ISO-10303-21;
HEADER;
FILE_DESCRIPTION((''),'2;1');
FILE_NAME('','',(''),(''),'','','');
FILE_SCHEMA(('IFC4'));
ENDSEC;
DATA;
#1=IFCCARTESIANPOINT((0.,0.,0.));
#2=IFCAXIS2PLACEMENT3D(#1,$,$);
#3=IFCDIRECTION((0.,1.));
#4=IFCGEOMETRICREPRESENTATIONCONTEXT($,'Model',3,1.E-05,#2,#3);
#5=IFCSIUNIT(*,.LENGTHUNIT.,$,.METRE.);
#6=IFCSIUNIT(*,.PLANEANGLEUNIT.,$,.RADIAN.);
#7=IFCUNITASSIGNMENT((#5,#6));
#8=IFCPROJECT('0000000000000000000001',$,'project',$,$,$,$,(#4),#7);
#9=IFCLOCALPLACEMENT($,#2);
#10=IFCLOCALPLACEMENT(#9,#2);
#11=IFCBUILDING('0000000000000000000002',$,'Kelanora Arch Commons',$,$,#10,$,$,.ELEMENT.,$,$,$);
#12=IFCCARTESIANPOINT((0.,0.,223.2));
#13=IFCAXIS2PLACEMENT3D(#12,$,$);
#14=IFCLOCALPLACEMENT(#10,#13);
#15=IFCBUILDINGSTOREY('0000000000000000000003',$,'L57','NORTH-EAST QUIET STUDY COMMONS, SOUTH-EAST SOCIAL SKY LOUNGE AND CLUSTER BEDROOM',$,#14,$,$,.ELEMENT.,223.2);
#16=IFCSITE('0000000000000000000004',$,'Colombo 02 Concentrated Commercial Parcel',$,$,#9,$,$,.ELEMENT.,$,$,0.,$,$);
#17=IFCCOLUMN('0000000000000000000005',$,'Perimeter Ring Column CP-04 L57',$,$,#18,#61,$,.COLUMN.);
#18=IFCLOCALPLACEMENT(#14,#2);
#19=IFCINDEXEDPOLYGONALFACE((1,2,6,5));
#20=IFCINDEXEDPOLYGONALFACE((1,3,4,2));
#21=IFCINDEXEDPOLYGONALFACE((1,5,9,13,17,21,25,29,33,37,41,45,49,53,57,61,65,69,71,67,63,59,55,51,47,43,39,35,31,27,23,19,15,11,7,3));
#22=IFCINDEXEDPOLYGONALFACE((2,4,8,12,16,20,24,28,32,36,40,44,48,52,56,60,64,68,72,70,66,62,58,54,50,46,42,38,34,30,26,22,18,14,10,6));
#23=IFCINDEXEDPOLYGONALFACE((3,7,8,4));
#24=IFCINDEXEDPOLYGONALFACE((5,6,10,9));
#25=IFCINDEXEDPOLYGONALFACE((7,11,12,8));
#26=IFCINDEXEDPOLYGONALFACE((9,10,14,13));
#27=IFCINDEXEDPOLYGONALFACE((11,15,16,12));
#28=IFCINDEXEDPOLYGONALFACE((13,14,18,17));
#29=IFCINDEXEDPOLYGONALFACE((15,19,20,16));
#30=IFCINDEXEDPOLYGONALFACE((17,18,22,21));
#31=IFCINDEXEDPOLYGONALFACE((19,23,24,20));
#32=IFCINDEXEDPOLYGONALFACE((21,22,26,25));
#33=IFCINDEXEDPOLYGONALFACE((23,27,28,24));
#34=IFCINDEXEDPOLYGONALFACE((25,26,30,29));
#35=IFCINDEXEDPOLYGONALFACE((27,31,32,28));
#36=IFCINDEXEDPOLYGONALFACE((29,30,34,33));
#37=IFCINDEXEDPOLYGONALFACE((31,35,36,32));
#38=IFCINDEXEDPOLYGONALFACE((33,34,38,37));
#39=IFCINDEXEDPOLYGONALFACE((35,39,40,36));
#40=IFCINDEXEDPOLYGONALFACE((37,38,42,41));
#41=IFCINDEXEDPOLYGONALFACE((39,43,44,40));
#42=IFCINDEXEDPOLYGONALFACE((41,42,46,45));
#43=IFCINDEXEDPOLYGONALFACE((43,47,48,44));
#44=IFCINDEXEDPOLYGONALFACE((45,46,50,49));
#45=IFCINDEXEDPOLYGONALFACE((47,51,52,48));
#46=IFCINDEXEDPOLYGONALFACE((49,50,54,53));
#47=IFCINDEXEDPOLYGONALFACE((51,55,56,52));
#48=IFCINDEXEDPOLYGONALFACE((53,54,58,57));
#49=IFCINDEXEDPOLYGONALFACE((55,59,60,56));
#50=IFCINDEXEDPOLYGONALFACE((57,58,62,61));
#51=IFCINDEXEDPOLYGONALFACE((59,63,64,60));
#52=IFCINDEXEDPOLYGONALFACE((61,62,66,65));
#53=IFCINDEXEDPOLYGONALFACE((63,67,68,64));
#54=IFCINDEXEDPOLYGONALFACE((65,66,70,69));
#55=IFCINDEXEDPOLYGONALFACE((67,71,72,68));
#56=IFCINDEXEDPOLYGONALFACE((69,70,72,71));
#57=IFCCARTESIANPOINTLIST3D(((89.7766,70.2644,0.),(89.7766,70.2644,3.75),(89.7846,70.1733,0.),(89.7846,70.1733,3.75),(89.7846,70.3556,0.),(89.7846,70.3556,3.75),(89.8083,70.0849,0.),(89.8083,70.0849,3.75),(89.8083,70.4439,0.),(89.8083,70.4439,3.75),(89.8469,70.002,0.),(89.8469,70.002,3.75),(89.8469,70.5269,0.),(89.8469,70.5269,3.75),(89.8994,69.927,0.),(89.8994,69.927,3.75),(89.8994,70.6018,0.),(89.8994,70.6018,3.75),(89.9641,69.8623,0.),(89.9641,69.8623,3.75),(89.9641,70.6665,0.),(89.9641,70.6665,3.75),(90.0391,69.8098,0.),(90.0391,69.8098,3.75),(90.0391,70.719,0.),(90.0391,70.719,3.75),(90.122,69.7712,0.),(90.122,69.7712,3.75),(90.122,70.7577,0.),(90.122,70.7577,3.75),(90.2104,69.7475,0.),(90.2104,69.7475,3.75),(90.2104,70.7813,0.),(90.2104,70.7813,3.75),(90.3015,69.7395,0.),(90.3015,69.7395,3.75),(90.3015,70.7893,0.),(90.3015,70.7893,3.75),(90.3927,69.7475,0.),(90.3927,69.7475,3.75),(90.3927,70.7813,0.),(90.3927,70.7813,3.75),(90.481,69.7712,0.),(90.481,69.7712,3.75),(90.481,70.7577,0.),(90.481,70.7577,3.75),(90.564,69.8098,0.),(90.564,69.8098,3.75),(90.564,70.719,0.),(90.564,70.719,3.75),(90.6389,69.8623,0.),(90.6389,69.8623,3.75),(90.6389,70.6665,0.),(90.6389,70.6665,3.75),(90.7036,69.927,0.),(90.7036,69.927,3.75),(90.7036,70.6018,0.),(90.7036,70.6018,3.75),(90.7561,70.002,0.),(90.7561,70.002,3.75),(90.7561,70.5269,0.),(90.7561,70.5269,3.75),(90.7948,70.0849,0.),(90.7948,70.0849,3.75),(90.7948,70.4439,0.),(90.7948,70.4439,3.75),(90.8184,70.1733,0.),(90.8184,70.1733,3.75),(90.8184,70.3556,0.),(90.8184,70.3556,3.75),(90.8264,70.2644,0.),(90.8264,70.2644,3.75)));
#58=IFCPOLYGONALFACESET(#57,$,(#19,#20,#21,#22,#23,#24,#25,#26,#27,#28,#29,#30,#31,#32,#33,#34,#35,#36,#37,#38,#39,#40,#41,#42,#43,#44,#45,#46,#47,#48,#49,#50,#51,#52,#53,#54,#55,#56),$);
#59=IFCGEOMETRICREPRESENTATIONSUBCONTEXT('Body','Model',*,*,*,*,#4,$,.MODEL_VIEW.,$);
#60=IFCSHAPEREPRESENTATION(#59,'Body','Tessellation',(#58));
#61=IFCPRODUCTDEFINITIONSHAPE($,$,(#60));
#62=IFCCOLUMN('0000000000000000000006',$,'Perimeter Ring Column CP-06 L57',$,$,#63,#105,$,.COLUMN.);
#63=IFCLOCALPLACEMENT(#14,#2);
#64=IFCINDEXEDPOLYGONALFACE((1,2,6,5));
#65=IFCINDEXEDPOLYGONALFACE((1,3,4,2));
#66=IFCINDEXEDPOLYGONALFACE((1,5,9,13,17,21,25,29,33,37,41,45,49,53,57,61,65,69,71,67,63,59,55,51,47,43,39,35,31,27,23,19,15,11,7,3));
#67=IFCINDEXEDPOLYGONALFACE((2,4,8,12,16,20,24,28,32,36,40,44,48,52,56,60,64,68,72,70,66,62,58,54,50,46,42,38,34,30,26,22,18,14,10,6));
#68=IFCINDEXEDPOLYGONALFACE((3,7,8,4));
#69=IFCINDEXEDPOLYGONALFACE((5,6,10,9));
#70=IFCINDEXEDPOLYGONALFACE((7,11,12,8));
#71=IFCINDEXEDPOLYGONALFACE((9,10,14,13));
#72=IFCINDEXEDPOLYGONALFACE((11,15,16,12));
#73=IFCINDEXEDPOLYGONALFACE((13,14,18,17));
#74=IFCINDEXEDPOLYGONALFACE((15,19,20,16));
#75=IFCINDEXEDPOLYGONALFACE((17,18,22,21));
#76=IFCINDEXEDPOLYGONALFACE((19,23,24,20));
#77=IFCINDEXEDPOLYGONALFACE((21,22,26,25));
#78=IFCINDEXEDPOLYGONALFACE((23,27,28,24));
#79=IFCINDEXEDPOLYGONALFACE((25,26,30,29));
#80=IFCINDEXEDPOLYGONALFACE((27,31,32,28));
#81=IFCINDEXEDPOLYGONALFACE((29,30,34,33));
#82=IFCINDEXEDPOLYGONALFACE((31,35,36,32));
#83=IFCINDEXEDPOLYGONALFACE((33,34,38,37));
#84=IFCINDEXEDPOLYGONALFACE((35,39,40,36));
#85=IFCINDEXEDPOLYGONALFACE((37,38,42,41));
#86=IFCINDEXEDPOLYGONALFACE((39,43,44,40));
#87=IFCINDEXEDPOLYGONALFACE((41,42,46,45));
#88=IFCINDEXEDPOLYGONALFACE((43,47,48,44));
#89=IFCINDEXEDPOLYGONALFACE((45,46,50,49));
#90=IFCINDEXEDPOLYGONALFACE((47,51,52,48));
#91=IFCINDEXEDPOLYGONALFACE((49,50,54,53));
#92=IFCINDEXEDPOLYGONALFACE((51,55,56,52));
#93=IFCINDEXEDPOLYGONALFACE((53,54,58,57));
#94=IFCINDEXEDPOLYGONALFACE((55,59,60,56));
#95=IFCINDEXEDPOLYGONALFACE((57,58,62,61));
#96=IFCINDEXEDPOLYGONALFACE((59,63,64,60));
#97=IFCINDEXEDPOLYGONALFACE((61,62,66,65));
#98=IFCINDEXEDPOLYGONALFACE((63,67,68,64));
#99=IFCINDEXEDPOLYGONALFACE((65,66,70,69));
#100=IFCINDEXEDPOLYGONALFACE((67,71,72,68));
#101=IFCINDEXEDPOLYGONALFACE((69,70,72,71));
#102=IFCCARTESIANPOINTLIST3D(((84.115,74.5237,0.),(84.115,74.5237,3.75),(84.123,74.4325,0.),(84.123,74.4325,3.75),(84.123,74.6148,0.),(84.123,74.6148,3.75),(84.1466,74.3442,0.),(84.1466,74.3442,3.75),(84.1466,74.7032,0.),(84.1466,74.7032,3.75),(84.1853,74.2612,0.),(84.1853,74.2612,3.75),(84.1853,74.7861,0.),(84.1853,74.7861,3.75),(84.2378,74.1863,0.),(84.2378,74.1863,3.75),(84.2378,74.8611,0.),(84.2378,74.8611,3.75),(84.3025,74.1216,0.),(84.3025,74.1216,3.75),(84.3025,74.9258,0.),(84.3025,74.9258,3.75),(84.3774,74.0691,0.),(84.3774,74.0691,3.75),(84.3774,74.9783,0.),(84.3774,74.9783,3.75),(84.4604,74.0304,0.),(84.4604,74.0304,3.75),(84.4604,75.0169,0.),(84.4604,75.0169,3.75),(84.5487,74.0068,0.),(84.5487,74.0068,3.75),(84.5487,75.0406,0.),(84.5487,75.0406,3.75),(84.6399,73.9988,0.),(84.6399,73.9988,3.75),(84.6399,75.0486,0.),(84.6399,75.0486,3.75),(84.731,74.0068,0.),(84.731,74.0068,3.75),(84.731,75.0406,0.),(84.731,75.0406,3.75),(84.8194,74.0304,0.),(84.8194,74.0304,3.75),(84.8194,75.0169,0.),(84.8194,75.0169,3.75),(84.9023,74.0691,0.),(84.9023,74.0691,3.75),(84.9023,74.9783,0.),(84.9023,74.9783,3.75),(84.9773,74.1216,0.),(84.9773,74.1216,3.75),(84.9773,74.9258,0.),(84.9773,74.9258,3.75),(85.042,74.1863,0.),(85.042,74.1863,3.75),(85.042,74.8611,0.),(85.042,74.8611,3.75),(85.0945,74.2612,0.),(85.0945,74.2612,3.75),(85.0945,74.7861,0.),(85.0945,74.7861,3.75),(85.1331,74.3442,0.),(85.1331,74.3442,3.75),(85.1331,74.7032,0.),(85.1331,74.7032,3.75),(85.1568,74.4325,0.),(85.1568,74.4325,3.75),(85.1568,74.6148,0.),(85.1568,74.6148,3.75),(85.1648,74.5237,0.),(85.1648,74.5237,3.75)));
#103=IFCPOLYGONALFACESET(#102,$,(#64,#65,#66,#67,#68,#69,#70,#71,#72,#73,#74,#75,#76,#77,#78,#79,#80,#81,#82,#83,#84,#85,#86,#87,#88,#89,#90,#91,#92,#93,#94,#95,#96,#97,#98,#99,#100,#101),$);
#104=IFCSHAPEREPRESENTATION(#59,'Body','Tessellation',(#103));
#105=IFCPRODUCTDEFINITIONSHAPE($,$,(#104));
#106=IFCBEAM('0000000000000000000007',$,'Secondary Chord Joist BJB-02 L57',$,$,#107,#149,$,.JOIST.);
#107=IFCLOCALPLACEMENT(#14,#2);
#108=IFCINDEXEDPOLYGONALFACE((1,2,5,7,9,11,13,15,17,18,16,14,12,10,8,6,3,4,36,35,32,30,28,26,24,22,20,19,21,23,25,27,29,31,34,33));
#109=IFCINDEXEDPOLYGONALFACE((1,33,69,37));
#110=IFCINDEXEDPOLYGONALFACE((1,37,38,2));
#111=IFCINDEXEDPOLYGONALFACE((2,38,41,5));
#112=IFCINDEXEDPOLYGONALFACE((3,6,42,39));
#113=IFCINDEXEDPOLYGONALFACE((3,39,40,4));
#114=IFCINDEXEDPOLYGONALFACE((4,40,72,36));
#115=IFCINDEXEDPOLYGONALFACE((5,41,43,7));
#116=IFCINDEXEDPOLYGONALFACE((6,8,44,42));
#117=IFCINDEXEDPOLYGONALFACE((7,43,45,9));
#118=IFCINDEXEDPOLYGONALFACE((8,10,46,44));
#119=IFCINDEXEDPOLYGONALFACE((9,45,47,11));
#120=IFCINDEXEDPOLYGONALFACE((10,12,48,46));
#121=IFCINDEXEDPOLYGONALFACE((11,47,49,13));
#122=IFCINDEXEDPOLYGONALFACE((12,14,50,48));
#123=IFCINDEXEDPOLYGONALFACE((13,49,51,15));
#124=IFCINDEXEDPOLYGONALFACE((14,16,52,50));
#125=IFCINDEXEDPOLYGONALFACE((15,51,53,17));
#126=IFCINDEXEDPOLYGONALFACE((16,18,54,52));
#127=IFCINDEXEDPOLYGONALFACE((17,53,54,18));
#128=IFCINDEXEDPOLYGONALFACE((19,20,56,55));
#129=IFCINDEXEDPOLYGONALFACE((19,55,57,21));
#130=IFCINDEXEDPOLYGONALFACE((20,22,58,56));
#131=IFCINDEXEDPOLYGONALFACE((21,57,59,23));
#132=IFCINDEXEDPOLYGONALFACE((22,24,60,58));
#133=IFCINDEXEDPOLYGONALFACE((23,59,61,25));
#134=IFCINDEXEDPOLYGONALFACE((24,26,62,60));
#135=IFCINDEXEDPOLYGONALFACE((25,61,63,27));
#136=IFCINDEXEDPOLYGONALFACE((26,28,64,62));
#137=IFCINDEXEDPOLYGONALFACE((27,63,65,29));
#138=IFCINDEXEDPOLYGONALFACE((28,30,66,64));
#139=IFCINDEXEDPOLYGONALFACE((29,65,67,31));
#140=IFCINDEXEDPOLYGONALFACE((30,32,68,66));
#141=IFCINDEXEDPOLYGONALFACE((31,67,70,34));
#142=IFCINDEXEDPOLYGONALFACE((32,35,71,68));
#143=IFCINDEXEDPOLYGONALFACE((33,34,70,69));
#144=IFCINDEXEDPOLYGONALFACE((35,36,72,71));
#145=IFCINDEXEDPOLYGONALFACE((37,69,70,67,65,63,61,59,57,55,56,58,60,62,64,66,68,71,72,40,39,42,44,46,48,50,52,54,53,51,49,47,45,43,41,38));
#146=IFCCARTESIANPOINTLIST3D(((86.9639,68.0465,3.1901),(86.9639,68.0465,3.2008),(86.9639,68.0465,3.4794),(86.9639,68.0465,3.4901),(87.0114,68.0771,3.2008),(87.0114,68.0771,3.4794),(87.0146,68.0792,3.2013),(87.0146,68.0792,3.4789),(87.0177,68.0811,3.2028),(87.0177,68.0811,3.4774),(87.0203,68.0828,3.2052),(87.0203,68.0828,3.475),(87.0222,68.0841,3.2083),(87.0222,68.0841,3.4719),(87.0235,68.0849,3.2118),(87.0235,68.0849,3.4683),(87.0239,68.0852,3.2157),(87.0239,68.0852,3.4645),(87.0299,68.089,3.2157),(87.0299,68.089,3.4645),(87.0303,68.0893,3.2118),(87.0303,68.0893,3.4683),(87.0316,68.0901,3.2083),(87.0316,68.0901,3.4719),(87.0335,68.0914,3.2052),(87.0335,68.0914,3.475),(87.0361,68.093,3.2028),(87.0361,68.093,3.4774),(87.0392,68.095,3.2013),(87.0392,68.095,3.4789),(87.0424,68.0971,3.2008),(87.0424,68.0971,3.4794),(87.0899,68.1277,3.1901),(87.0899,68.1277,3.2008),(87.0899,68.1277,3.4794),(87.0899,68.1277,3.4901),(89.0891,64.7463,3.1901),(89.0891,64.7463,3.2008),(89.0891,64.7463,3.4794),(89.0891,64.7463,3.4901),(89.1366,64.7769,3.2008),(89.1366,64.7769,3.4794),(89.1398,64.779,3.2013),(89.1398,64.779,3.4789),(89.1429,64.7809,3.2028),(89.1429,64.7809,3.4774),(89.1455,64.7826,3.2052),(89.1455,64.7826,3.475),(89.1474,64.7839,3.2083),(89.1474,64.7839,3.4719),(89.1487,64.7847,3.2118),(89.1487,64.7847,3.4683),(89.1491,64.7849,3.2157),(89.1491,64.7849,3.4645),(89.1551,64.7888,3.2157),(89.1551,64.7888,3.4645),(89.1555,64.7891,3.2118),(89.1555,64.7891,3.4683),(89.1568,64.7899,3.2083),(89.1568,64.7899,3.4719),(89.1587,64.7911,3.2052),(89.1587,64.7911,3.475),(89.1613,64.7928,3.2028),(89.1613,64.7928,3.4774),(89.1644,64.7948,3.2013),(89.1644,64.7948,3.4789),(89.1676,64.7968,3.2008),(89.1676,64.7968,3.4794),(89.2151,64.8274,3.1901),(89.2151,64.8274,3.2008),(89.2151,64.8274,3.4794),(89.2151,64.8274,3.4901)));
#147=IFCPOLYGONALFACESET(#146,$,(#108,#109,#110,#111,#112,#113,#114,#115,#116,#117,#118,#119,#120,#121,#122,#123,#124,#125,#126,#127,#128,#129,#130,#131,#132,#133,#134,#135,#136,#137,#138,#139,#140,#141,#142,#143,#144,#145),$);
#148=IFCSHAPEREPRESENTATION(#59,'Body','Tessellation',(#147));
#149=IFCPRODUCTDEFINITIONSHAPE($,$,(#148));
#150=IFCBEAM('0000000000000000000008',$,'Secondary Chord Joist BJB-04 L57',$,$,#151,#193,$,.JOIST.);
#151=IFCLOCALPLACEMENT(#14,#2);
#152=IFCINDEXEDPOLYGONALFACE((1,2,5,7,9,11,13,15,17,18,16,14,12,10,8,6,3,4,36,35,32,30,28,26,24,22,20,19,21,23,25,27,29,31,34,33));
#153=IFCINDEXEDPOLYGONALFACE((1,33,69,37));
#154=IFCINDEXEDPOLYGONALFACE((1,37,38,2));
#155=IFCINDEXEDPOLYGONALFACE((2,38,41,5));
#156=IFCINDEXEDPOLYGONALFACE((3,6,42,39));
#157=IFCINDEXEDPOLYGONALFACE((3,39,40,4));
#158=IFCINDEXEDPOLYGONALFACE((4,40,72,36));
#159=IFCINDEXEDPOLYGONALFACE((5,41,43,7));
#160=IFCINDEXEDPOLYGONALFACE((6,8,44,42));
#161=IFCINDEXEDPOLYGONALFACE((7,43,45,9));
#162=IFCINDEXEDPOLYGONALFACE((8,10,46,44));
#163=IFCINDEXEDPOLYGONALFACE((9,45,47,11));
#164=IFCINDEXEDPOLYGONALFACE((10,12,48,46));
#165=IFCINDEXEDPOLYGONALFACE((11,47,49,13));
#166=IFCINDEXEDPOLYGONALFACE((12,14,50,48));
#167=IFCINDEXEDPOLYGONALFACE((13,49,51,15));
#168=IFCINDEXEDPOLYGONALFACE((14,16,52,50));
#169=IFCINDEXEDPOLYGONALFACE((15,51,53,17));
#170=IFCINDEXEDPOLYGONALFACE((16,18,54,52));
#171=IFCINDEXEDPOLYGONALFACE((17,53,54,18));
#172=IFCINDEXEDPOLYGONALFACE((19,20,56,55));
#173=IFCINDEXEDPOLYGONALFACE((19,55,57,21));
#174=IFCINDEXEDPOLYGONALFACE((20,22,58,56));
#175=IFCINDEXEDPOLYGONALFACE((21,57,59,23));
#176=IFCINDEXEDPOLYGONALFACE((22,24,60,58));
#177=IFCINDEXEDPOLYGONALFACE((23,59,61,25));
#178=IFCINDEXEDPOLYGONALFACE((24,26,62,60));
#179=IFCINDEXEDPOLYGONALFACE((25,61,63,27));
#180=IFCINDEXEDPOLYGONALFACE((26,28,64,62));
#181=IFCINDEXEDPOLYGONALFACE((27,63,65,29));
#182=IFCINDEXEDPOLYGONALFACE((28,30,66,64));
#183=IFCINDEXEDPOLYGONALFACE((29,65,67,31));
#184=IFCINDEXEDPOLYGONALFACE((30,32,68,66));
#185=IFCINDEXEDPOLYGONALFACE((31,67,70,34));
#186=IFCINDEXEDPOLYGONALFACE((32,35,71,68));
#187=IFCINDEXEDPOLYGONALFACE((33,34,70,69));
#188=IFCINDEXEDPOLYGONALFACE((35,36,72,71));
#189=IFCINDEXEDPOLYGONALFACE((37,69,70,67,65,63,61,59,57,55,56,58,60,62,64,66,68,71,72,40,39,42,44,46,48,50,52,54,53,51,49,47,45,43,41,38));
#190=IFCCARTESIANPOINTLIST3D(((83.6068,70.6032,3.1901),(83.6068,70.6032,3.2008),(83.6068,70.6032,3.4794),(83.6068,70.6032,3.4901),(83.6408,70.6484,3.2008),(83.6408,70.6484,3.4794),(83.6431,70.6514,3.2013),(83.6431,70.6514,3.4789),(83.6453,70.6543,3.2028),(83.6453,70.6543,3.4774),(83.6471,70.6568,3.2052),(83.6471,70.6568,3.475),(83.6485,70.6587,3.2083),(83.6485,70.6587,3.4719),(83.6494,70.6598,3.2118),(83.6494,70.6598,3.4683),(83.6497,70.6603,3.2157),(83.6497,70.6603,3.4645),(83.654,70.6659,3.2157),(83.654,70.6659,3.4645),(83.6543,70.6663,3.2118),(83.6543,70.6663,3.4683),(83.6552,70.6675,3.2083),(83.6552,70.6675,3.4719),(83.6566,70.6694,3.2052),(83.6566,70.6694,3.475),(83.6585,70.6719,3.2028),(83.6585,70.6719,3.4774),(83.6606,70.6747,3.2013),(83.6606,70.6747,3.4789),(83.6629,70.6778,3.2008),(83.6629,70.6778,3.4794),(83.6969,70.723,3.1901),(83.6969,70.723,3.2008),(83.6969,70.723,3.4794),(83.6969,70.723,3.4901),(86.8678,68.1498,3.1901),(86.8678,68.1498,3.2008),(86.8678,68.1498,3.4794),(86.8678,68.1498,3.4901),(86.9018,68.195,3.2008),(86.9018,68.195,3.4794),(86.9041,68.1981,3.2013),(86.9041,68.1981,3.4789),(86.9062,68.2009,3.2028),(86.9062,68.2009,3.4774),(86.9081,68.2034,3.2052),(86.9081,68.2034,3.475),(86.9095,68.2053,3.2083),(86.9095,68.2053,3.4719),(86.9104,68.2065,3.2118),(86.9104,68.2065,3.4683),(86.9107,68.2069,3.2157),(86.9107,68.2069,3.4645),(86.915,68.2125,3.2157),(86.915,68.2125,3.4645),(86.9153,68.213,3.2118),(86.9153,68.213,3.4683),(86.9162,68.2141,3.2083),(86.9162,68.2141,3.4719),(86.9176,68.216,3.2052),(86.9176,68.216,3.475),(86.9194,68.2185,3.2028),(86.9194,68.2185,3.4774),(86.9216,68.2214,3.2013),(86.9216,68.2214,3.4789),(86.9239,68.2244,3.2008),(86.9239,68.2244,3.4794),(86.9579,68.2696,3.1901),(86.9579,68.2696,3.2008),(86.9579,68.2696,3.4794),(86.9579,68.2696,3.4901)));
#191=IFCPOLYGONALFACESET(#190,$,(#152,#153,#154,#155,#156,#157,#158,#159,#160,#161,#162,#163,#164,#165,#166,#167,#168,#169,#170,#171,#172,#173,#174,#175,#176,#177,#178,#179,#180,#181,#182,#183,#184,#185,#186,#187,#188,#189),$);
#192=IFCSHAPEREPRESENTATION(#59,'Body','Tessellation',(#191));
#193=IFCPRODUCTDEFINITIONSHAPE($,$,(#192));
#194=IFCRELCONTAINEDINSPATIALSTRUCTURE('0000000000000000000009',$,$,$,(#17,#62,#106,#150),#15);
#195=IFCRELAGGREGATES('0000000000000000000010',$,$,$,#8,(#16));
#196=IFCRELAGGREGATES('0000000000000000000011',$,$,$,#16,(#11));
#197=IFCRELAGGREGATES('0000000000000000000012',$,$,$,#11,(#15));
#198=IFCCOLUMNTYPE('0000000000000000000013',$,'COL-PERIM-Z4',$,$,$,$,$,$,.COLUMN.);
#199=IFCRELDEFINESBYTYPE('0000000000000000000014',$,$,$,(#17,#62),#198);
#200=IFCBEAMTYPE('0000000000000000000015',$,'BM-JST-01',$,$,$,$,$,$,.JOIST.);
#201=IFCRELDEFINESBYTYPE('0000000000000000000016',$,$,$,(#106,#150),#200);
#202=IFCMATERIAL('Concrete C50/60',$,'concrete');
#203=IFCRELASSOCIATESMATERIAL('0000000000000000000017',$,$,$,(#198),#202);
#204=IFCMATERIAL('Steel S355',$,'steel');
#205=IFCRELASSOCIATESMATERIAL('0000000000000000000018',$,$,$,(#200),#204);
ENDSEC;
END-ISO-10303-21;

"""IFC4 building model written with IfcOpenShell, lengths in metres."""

from ifc_helpers import new_model, si_unit, direction, frame, origin, origin_2d, place, context, subcontext, project, spatial, circle, i_section, extrude, material, material_profile, profile_set, type_object, element, save


model = new_model("IFC4")

# Units and contexts
model_context = context("Model", 3, precision=1e-05, world=origin(), true_north=direction((0.0, 1.0)))
body_context = subcontext(model_context, "Body", "Model", "MODEL_VIEW")
ifc_project = project(units=[si_unit("LENGTHUNIT", "METRE"), si_unit("PLANEANGLEUNIT", "RADIAN")], contexts=[model_context])

# Site, building, storey
site_placement = place(None, origin())
site = spatial("IfcSite", under=ifc_project, at=site_placement, Name="Colombo 02 Concentrated Commercial Parcel", CompositionType="ELEMENT", RefElevation=0.0)
building_placement = place(site_placement, origin())
building = spatial("IfcBuilding", under=site, at=building_placement, Name="Kelanora Arch Commons", CompositionType="ELEMENT")
storey_placement = place(building_placement, frame((0.0, 0.0, 223.2)))
storey = spatial("IfcBuildingStorey", under=building, at=storey_placement, Name="L57", Description="NORTH-EAST QUIET STUDY COMMONS, SOUTH-EAST SOCIAL SKY LOUNGE AND CLUSTER BEDROOM", CompositionType="ELEMENT", Elevation=223.2)

# Columns
ifc_material_1 = material(Name="Concrete C50/60", Category="concrete")
ifc_material_profile_1 = material_profile(ifc_material_1, circle(Radius=0.5249, at=origin_2d()), Name="RCC1050")
ifc_profile_set_1 = profile_set([ifc_material_profile_1], Name="Concrete C50/60")
column_type = type_object("IfcColumnType", Name="COL-PERIM-Z4", PredefinedType="COLUMN", material=ifc_profile_set_1)
for number, where, z_axis, x_axis, name in (
    (1, (90.3015, 70.2644, 0.0), (0.0, 0.0, 1.0), (1.0, 0.0, 0.0), "Perimeter Ring Column CP-04 L57"),
    (2, (84.6399, 74.5237, 0.0), (0.0, 0.0, 1.0), (1.0, 0.0, 0.0), "Perimeter Ring Column CP-06 L57"),
):
    element("IfcColumn", number, at=place(storey_placement, frame(where, z_axis=z_axis, x_axis=x_axis)), inside=storey, type_object=column_type, Name=name, PredefinedType="COLUMN", context=body_context, shape_type="SweptSolid", body=[
        extrude(circle(Radius=0.5249, at=origin_2d()), origin(), (0.0, 0.0, 1.0), 3.75),
    ])

# Beams
ifc_material_2 = material(Name="Steel S355", Category="steel")
ifc_material_profile_2 = material_profile(ifc_material_2, i_section(OverallWidth=0.1499, OverallDepth=0.3, WebThickness=0.0071, FlangeThickness=0.0107, FilletRadius=0.0149, at=origin_2d()), Name="IPE300")
ifc_profile_set_2 = profile_set([ifc_material_profile_2], Name="Steel S355")
beam_type_1 = type_object("IfcBeamType", Name="BM-JST-01", PredefinedType="JOIST", material=ifc_profile_set_2)
beam_1_placement = place(storey_placement, frame((89.1521, 64.7869, 3.3401), z_axis=(-0.541411, 0.840758, 0.0), x_axis=(-0.840758, -0.541411, 0.0)))
element("IfcBeam", 3, at=beam_1_placement, inside=storey, type_object=beam_type_1, Name="Secondary Chord Joist BJB-02 L57", PredefinedType="JOIST", context=body_context, shape_type="SweptSolid", body=[
    extrude(i_section(OverallWidth=0.1499, OverallDepth=0.3, WebThickness=0.0071, FlangeThickness=0.0107, FilletRadius=0.0149, at=origin_2d()), origin(), (0.0, 0.0, 1.0), 3.9253),
])
beam_2_placement = place(storey_placement, frame((86.9128, 68.2097, 3.3401), z_axis=(-0.799102, 0.601196, 0.0), x_axis=(-0.601196, -0.799102, 0.0)))
element("IfcBeam", 4, at=beam_2_placement, inside=storey, type_object=beam_type_1, Name="Secondary Chord Joist BJB-04 L57", PredefinedType="JOIST", context=body_context, shape_type="SweptSolid", body=[
    extrude(i_section(OverallWidth=0.1499, OverallDepth=0.3, WebThickness=0.0071, FlangeThickness=0.0107, FilletRadius=0.0149, at=origin_2d()), origin(), (0.0, 0.0, 1.0), 4.0808),
])

save(model, "model.ifc")
